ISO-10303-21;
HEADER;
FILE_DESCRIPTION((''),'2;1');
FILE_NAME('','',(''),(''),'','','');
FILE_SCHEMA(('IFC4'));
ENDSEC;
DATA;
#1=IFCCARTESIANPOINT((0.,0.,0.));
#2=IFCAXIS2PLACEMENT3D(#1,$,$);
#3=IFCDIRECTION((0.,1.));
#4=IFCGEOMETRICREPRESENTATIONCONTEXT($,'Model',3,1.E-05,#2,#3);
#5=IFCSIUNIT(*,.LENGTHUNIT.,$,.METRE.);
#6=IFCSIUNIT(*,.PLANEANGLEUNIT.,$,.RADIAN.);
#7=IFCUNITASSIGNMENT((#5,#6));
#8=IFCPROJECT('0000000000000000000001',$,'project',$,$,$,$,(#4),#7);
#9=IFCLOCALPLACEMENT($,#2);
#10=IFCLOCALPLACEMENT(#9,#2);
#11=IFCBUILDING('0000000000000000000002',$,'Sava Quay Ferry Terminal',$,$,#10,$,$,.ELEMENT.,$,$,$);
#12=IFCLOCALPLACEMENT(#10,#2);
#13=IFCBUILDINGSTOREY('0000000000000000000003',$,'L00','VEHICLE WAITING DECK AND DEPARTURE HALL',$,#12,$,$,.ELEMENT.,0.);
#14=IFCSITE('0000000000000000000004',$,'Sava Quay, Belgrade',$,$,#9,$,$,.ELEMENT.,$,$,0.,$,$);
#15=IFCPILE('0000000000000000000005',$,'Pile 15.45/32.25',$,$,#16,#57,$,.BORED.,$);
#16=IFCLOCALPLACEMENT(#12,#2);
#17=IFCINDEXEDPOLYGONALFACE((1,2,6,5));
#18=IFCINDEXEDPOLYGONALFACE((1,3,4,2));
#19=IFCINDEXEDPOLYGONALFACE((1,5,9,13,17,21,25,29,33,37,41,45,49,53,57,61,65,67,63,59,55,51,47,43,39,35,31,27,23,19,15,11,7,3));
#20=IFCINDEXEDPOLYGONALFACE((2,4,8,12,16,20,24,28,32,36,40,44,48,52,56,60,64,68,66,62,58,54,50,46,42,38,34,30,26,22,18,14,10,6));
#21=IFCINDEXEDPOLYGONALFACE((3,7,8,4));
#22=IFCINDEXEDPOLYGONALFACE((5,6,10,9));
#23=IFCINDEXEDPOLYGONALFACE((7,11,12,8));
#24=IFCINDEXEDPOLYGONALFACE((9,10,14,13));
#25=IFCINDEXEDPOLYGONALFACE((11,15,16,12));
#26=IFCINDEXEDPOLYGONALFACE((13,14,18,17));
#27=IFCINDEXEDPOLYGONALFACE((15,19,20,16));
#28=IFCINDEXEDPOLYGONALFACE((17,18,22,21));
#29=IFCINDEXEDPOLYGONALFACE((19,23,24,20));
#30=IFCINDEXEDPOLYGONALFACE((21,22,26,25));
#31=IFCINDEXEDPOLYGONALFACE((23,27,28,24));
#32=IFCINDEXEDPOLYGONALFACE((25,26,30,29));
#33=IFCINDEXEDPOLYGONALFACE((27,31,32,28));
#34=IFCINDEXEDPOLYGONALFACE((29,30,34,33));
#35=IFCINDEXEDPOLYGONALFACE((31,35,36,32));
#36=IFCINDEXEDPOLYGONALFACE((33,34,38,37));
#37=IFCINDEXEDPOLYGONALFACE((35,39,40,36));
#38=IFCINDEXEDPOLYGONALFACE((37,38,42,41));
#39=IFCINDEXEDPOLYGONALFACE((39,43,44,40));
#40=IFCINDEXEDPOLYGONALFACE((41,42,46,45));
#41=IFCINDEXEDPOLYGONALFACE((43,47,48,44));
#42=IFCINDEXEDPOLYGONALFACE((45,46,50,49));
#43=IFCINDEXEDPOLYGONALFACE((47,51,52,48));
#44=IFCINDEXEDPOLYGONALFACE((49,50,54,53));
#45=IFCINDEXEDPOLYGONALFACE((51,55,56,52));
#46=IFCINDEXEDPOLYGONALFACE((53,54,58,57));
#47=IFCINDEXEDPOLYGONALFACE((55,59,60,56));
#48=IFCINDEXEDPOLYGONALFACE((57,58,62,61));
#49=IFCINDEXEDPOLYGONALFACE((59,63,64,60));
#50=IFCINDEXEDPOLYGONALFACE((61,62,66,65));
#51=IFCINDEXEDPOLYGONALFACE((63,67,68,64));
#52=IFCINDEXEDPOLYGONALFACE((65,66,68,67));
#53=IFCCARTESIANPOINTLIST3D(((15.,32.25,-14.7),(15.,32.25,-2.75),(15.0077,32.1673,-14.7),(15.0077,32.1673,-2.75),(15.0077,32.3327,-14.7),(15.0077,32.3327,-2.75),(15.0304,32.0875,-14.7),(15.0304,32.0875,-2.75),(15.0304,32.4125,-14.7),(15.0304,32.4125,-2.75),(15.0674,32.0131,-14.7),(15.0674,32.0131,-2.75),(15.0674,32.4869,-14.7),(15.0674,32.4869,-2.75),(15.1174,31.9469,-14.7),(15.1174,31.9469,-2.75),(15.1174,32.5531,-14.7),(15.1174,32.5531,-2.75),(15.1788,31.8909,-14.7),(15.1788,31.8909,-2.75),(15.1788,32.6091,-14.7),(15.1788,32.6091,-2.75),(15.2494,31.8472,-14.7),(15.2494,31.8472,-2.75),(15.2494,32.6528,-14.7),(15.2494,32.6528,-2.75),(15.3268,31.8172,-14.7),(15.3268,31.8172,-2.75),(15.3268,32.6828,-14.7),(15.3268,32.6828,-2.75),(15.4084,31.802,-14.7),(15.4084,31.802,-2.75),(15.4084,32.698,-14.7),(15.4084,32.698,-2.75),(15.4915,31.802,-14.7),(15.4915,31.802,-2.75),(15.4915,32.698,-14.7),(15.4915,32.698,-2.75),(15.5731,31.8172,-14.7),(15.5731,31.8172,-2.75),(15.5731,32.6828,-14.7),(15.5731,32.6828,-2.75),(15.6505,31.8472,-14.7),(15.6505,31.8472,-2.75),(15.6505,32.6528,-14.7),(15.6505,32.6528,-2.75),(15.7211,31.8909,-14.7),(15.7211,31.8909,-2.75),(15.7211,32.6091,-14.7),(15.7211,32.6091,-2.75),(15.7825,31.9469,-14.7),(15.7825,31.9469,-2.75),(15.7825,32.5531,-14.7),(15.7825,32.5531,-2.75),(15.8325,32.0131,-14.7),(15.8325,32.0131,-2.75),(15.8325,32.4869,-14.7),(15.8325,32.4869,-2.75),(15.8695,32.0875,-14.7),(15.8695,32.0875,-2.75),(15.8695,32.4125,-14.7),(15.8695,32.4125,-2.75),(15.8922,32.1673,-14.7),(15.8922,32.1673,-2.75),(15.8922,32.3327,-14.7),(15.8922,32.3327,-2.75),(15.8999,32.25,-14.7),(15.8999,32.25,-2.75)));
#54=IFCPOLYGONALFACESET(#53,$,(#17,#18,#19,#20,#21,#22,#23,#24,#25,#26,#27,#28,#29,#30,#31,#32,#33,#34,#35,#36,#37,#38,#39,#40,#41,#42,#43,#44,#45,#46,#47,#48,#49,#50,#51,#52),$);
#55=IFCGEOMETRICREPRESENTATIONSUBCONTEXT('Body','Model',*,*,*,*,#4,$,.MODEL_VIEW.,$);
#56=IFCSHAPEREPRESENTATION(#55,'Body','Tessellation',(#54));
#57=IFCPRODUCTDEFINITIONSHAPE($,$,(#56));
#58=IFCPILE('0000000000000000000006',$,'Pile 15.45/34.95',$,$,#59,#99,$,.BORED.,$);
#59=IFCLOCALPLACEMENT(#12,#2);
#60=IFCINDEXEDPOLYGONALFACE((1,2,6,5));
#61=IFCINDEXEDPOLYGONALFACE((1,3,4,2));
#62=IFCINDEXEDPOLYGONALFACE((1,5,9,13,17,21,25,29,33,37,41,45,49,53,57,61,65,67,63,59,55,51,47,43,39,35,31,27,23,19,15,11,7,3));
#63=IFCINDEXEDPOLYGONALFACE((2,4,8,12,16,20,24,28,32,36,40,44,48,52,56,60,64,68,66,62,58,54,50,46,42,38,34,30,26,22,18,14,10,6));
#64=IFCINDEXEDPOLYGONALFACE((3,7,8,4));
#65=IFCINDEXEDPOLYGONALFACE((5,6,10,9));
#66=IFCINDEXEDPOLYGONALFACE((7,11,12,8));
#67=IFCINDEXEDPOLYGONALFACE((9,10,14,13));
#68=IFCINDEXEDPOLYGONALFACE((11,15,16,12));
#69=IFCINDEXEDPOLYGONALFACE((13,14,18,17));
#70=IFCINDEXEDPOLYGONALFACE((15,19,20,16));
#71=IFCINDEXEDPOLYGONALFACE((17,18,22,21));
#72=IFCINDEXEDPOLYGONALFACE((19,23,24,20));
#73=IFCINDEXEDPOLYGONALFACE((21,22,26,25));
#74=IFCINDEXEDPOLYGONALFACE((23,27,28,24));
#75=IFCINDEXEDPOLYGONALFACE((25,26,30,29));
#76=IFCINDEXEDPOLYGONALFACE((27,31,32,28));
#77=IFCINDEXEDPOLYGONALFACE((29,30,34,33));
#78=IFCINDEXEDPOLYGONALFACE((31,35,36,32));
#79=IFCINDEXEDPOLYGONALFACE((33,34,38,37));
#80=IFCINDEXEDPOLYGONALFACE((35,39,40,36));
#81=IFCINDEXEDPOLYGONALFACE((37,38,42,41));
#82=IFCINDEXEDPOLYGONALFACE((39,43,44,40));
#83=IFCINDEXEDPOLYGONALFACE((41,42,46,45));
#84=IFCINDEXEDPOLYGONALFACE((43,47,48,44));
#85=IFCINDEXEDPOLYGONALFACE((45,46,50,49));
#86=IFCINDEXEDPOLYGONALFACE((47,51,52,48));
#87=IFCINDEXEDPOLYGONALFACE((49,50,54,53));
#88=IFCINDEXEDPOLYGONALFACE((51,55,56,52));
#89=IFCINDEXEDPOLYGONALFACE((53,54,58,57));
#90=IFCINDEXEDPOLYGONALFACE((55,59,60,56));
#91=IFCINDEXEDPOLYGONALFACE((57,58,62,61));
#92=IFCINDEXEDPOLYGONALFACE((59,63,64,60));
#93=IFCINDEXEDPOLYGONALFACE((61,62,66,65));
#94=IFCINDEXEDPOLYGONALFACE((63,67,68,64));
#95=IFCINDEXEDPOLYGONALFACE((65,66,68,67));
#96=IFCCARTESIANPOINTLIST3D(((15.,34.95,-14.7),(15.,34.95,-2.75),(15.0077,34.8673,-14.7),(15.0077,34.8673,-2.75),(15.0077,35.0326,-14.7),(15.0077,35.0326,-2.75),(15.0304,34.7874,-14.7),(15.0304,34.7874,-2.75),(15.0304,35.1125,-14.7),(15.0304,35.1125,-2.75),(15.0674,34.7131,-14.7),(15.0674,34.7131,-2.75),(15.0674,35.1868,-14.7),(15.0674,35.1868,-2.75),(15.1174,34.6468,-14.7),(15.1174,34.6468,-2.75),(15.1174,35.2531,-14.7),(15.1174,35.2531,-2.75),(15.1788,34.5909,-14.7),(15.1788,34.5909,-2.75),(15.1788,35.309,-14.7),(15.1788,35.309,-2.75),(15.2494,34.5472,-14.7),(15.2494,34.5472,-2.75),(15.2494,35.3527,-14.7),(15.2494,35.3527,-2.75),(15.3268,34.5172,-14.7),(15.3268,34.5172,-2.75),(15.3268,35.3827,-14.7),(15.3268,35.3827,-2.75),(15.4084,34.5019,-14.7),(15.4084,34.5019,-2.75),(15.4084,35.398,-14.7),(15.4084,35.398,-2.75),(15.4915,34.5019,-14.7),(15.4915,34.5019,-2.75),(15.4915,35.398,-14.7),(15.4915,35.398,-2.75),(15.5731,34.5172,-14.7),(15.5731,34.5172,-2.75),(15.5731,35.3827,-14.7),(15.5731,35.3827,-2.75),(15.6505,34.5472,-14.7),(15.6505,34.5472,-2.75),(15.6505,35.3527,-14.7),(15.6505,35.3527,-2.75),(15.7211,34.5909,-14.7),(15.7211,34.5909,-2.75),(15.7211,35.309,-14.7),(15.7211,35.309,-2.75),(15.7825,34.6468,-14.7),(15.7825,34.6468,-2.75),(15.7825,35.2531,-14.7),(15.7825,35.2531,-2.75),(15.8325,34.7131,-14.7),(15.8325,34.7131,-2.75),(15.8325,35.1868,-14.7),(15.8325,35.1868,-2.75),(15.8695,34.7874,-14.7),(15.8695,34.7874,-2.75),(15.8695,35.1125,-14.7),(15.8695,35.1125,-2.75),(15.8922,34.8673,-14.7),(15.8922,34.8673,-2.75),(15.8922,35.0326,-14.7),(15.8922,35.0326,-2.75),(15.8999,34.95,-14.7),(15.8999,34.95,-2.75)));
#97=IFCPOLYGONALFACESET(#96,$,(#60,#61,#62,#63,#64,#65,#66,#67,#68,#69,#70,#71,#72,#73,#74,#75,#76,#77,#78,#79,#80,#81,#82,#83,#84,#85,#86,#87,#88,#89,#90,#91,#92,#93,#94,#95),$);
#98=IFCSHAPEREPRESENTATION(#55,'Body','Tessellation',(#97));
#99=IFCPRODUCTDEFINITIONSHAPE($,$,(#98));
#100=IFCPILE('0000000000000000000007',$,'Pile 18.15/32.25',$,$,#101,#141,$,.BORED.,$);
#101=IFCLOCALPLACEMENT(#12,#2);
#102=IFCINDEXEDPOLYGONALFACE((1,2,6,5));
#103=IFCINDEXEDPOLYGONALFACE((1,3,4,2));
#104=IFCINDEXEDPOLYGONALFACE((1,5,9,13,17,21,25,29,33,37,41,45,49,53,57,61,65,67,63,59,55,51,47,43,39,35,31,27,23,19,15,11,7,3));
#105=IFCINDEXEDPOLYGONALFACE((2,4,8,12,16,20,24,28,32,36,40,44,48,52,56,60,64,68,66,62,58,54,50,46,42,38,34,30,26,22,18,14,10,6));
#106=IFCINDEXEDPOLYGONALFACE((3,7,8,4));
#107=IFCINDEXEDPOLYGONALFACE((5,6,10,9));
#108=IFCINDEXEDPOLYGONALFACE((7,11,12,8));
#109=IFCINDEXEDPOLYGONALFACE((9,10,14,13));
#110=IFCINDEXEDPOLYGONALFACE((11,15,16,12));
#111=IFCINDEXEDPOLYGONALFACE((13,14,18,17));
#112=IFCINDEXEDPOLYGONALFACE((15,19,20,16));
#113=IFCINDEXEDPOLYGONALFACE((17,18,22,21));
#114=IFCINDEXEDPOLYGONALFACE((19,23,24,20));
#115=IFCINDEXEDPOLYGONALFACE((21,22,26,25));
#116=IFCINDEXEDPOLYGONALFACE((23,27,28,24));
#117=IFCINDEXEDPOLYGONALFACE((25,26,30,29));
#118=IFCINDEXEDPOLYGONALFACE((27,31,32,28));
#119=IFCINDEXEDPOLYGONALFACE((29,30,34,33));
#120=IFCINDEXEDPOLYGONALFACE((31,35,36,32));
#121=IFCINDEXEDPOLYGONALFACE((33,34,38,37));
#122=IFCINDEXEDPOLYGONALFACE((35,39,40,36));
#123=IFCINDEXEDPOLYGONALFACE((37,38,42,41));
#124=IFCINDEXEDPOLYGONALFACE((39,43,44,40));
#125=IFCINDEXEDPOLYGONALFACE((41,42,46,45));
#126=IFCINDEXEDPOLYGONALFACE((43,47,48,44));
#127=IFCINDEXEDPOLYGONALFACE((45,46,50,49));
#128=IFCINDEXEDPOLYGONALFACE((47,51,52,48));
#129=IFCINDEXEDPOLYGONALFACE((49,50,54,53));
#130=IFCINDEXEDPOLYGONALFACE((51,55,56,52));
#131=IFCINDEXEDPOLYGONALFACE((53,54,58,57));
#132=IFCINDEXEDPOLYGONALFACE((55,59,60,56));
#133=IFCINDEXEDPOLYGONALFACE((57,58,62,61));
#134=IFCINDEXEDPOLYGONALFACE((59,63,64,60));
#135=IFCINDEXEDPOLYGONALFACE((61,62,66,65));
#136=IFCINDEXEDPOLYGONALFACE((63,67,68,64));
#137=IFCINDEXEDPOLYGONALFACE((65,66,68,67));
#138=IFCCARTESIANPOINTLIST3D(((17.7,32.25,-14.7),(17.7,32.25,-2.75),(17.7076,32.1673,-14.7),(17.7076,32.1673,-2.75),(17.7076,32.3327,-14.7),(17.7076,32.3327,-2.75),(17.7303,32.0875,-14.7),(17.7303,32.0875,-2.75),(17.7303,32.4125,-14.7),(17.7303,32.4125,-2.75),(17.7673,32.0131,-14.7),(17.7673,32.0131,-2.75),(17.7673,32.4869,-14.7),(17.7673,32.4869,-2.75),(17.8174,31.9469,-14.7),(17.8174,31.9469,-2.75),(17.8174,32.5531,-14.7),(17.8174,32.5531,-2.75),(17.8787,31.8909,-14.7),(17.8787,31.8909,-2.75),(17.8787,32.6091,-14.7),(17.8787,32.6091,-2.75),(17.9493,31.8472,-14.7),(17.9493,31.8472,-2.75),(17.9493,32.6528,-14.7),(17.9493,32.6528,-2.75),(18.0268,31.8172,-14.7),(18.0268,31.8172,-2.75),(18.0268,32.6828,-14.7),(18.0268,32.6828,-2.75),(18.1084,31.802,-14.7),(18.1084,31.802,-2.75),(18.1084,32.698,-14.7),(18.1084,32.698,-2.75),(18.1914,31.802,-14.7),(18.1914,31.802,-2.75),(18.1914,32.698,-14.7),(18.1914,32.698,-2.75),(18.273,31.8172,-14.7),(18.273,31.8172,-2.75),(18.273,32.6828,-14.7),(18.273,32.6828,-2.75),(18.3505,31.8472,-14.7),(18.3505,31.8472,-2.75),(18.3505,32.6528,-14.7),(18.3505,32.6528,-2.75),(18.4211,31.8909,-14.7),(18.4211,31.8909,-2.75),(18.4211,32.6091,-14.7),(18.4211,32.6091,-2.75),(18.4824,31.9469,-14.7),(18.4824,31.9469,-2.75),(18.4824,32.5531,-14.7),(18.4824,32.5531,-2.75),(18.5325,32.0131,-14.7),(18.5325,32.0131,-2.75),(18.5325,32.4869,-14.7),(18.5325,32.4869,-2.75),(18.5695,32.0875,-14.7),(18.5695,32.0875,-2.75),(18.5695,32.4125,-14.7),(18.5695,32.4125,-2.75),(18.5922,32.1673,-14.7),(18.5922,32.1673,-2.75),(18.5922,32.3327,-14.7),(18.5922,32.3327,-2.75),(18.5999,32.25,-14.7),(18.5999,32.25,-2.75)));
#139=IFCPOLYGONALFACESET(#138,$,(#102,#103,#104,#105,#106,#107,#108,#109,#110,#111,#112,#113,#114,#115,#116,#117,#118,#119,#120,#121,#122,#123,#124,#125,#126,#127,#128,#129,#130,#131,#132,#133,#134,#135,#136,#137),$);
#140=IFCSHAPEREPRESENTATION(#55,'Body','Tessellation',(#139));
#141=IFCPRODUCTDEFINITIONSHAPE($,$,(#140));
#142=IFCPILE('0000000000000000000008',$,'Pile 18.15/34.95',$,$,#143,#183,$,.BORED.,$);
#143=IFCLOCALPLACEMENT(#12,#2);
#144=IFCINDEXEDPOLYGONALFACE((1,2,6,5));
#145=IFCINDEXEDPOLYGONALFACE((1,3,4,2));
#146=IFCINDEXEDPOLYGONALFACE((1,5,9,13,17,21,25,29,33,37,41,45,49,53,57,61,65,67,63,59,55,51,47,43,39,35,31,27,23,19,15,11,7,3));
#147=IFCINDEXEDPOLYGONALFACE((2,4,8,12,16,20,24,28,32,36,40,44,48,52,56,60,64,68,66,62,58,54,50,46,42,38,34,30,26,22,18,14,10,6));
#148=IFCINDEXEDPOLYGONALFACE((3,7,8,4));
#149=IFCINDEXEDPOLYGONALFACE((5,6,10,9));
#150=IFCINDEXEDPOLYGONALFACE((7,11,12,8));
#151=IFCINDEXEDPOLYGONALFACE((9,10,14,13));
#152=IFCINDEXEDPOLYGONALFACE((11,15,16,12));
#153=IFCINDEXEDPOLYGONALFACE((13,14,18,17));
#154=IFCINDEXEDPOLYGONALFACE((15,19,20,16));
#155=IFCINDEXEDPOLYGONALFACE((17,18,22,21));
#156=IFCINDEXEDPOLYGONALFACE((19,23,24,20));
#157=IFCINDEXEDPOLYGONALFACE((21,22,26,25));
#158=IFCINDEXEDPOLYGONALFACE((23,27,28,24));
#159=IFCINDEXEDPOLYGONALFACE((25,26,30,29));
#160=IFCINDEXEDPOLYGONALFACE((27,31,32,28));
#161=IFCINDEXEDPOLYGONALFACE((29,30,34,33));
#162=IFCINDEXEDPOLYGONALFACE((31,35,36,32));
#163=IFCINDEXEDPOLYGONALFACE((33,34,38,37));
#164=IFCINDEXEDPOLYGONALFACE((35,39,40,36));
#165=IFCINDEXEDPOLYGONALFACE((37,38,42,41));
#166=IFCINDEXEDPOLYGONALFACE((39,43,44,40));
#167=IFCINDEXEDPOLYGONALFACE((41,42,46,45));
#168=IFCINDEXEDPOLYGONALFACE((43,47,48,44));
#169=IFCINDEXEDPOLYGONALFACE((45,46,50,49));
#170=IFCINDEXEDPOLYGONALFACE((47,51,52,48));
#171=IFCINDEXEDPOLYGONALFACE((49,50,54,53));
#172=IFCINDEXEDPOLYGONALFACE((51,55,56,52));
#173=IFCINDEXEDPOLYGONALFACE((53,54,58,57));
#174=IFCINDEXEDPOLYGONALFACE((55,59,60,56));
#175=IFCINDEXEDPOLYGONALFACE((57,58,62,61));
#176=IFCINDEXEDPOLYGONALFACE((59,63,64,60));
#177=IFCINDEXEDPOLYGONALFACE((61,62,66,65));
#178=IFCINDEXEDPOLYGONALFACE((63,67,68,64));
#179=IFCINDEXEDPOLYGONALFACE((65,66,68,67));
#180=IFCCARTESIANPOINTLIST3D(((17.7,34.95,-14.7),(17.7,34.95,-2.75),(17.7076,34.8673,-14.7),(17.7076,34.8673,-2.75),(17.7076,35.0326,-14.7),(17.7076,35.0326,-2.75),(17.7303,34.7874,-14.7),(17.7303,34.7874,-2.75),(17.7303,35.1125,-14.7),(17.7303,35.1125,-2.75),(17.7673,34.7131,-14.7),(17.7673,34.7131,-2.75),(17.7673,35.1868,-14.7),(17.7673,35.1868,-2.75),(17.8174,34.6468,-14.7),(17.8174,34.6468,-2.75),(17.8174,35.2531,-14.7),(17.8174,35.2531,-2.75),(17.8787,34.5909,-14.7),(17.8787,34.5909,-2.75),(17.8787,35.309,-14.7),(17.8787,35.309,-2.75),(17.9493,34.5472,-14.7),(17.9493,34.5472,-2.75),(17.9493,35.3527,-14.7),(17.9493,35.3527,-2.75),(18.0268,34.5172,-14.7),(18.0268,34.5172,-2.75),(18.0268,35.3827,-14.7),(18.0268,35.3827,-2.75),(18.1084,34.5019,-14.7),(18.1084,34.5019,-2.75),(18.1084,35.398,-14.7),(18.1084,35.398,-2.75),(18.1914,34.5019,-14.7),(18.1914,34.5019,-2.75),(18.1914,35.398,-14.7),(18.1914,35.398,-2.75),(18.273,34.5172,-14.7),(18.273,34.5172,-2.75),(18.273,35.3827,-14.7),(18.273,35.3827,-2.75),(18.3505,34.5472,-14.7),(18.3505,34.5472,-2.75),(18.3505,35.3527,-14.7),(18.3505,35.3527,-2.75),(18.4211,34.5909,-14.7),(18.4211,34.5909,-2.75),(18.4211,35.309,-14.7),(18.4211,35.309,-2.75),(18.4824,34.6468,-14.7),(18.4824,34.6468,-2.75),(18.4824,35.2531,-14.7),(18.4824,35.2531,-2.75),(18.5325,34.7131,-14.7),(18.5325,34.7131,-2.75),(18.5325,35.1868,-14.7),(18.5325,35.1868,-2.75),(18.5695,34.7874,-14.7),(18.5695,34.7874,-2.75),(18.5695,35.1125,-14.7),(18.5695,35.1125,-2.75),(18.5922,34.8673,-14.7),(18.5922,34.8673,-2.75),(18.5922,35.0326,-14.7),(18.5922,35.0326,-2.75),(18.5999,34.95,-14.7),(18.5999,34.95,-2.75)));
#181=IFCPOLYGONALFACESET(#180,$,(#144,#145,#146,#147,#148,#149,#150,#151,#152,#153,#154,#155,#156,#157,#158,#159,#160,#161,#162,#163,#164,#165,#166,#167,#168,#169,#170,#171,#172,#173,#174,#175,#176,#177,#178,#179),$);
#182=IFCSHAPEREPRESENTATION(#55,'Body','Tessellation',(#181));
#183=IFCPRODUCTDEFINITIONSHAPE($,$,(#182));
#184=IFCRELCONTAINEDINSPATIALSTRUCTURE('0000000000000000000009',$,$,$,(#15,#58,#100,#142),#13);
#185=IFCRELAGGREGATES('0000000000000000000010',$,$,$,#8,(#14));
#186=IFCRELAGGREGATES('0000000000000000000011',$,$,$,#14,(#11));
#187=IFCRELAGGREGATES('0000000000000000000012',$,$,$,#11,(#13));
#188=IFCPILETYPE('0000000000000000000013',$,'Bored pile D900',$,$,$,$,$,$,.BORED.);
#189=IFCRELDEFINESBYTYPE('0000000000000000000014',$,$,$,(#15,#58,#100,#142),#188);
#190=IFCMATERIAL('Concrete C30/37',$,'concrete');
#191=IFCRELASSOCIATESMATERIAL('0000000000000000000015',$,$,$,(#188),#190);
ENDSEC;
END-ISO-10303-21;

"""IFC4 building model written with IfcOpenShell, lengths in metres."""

from ifc_helpers import new_model, si_unit, direction, frame, origin, origin_2d, place, context, subcontext, project, spatial, circle, extrude, material, material_profile, profile_set, type_object, element, save


model = new_model("IFC4")

# Units and contexts
model_context = context("Model", 3, precision=1e-05, world=origin(), true_north=direction((0.0, 1.0)))
body_context = subcontext(model_context, "Body", "Model", "MODEL_VIEW")
ifc_project = project(units=[si_unit("LENGTHUNIT", "METRE"), si_unit("PLANEANGLEUNIT", "RADIAN")], contexts=[model_context])

# Site, building, storey
site_placement = place(None, origin())
site = spatial("IfcSite", under=ifc_project, at=site_placement, Name="Sava Quay, Belgrade", CompositionType="ELEMENT", RefElevation=0.0)
building_placement = place(site_placement, origin())
building = spatial("IfcBuilding", under=site, at=building_placement, Name="Sava Quay Ferry Terminal", CompositionType="ELEMENT")
storey_placement = place(building_placement, origin())
storey = spatial("IfcBuildingStorey", under=building, at=storey_placement, Name="L00", Description="VEHICLE WAITING DECK AND DEPARTURE HALL", CompositionType="ELEMENT", Elevation=0.0)

# Piles
ifc_material_1 = material(Name="Concrete C30/37", Category="concrete")
ifc_material_profile_1 = material_profile(ifc_material_1, circle(Radius=0.45, at=origin_2d()), Name="Bored pile D900")
ifc_profile_set_1 = profile_set([ifc_material_profile_1], Name="Concrete C30/37")
pile_type = type_object("IfcPileType", Name="Bored pile D900", PredefinedType="BORED", material=ifc_profile_set_1)
for number, where, z_axis, x_axis, name in (
    (1, (15.45, 32.25, -2.75), (0.0, 0.0, -1.0), (1.0, 0.0, 0.0), "Pile 15.45/32.25"),
    (2, (15.45, 34.95, -2.75), (0.0, 0.0, -1.0), (1.0, 0.0, 0.0), "Pile 15.45/34.95"),
    (3, (18.1499, 32.25, -2.75), (0.0, 0.0, -1.0), (1.0, 0.0, 0.0), "Pile 18.15/32.25"),
    (4, (18.1499, 34.95, -2.75), (0.0, 0.0, -1.0), (1.0, 0.0, 0.0), "Pile 18.15/34.95"),
):
    element("IfcPile", number, at=place(storey_placement, frame(where, z_axis=z_axis, x_axis=x_axis)), inside=storey, type_object=pile_type, Name=name, PredefinedType="BORED", context=body_context, shape_type="SweptSolid", body=[
        extrude(circle(Radius=0.45, at=origin_2d()), origin(), (0.0, 0.0, 1.0), 11.95),
    ])

save(model, "model.ifc")
